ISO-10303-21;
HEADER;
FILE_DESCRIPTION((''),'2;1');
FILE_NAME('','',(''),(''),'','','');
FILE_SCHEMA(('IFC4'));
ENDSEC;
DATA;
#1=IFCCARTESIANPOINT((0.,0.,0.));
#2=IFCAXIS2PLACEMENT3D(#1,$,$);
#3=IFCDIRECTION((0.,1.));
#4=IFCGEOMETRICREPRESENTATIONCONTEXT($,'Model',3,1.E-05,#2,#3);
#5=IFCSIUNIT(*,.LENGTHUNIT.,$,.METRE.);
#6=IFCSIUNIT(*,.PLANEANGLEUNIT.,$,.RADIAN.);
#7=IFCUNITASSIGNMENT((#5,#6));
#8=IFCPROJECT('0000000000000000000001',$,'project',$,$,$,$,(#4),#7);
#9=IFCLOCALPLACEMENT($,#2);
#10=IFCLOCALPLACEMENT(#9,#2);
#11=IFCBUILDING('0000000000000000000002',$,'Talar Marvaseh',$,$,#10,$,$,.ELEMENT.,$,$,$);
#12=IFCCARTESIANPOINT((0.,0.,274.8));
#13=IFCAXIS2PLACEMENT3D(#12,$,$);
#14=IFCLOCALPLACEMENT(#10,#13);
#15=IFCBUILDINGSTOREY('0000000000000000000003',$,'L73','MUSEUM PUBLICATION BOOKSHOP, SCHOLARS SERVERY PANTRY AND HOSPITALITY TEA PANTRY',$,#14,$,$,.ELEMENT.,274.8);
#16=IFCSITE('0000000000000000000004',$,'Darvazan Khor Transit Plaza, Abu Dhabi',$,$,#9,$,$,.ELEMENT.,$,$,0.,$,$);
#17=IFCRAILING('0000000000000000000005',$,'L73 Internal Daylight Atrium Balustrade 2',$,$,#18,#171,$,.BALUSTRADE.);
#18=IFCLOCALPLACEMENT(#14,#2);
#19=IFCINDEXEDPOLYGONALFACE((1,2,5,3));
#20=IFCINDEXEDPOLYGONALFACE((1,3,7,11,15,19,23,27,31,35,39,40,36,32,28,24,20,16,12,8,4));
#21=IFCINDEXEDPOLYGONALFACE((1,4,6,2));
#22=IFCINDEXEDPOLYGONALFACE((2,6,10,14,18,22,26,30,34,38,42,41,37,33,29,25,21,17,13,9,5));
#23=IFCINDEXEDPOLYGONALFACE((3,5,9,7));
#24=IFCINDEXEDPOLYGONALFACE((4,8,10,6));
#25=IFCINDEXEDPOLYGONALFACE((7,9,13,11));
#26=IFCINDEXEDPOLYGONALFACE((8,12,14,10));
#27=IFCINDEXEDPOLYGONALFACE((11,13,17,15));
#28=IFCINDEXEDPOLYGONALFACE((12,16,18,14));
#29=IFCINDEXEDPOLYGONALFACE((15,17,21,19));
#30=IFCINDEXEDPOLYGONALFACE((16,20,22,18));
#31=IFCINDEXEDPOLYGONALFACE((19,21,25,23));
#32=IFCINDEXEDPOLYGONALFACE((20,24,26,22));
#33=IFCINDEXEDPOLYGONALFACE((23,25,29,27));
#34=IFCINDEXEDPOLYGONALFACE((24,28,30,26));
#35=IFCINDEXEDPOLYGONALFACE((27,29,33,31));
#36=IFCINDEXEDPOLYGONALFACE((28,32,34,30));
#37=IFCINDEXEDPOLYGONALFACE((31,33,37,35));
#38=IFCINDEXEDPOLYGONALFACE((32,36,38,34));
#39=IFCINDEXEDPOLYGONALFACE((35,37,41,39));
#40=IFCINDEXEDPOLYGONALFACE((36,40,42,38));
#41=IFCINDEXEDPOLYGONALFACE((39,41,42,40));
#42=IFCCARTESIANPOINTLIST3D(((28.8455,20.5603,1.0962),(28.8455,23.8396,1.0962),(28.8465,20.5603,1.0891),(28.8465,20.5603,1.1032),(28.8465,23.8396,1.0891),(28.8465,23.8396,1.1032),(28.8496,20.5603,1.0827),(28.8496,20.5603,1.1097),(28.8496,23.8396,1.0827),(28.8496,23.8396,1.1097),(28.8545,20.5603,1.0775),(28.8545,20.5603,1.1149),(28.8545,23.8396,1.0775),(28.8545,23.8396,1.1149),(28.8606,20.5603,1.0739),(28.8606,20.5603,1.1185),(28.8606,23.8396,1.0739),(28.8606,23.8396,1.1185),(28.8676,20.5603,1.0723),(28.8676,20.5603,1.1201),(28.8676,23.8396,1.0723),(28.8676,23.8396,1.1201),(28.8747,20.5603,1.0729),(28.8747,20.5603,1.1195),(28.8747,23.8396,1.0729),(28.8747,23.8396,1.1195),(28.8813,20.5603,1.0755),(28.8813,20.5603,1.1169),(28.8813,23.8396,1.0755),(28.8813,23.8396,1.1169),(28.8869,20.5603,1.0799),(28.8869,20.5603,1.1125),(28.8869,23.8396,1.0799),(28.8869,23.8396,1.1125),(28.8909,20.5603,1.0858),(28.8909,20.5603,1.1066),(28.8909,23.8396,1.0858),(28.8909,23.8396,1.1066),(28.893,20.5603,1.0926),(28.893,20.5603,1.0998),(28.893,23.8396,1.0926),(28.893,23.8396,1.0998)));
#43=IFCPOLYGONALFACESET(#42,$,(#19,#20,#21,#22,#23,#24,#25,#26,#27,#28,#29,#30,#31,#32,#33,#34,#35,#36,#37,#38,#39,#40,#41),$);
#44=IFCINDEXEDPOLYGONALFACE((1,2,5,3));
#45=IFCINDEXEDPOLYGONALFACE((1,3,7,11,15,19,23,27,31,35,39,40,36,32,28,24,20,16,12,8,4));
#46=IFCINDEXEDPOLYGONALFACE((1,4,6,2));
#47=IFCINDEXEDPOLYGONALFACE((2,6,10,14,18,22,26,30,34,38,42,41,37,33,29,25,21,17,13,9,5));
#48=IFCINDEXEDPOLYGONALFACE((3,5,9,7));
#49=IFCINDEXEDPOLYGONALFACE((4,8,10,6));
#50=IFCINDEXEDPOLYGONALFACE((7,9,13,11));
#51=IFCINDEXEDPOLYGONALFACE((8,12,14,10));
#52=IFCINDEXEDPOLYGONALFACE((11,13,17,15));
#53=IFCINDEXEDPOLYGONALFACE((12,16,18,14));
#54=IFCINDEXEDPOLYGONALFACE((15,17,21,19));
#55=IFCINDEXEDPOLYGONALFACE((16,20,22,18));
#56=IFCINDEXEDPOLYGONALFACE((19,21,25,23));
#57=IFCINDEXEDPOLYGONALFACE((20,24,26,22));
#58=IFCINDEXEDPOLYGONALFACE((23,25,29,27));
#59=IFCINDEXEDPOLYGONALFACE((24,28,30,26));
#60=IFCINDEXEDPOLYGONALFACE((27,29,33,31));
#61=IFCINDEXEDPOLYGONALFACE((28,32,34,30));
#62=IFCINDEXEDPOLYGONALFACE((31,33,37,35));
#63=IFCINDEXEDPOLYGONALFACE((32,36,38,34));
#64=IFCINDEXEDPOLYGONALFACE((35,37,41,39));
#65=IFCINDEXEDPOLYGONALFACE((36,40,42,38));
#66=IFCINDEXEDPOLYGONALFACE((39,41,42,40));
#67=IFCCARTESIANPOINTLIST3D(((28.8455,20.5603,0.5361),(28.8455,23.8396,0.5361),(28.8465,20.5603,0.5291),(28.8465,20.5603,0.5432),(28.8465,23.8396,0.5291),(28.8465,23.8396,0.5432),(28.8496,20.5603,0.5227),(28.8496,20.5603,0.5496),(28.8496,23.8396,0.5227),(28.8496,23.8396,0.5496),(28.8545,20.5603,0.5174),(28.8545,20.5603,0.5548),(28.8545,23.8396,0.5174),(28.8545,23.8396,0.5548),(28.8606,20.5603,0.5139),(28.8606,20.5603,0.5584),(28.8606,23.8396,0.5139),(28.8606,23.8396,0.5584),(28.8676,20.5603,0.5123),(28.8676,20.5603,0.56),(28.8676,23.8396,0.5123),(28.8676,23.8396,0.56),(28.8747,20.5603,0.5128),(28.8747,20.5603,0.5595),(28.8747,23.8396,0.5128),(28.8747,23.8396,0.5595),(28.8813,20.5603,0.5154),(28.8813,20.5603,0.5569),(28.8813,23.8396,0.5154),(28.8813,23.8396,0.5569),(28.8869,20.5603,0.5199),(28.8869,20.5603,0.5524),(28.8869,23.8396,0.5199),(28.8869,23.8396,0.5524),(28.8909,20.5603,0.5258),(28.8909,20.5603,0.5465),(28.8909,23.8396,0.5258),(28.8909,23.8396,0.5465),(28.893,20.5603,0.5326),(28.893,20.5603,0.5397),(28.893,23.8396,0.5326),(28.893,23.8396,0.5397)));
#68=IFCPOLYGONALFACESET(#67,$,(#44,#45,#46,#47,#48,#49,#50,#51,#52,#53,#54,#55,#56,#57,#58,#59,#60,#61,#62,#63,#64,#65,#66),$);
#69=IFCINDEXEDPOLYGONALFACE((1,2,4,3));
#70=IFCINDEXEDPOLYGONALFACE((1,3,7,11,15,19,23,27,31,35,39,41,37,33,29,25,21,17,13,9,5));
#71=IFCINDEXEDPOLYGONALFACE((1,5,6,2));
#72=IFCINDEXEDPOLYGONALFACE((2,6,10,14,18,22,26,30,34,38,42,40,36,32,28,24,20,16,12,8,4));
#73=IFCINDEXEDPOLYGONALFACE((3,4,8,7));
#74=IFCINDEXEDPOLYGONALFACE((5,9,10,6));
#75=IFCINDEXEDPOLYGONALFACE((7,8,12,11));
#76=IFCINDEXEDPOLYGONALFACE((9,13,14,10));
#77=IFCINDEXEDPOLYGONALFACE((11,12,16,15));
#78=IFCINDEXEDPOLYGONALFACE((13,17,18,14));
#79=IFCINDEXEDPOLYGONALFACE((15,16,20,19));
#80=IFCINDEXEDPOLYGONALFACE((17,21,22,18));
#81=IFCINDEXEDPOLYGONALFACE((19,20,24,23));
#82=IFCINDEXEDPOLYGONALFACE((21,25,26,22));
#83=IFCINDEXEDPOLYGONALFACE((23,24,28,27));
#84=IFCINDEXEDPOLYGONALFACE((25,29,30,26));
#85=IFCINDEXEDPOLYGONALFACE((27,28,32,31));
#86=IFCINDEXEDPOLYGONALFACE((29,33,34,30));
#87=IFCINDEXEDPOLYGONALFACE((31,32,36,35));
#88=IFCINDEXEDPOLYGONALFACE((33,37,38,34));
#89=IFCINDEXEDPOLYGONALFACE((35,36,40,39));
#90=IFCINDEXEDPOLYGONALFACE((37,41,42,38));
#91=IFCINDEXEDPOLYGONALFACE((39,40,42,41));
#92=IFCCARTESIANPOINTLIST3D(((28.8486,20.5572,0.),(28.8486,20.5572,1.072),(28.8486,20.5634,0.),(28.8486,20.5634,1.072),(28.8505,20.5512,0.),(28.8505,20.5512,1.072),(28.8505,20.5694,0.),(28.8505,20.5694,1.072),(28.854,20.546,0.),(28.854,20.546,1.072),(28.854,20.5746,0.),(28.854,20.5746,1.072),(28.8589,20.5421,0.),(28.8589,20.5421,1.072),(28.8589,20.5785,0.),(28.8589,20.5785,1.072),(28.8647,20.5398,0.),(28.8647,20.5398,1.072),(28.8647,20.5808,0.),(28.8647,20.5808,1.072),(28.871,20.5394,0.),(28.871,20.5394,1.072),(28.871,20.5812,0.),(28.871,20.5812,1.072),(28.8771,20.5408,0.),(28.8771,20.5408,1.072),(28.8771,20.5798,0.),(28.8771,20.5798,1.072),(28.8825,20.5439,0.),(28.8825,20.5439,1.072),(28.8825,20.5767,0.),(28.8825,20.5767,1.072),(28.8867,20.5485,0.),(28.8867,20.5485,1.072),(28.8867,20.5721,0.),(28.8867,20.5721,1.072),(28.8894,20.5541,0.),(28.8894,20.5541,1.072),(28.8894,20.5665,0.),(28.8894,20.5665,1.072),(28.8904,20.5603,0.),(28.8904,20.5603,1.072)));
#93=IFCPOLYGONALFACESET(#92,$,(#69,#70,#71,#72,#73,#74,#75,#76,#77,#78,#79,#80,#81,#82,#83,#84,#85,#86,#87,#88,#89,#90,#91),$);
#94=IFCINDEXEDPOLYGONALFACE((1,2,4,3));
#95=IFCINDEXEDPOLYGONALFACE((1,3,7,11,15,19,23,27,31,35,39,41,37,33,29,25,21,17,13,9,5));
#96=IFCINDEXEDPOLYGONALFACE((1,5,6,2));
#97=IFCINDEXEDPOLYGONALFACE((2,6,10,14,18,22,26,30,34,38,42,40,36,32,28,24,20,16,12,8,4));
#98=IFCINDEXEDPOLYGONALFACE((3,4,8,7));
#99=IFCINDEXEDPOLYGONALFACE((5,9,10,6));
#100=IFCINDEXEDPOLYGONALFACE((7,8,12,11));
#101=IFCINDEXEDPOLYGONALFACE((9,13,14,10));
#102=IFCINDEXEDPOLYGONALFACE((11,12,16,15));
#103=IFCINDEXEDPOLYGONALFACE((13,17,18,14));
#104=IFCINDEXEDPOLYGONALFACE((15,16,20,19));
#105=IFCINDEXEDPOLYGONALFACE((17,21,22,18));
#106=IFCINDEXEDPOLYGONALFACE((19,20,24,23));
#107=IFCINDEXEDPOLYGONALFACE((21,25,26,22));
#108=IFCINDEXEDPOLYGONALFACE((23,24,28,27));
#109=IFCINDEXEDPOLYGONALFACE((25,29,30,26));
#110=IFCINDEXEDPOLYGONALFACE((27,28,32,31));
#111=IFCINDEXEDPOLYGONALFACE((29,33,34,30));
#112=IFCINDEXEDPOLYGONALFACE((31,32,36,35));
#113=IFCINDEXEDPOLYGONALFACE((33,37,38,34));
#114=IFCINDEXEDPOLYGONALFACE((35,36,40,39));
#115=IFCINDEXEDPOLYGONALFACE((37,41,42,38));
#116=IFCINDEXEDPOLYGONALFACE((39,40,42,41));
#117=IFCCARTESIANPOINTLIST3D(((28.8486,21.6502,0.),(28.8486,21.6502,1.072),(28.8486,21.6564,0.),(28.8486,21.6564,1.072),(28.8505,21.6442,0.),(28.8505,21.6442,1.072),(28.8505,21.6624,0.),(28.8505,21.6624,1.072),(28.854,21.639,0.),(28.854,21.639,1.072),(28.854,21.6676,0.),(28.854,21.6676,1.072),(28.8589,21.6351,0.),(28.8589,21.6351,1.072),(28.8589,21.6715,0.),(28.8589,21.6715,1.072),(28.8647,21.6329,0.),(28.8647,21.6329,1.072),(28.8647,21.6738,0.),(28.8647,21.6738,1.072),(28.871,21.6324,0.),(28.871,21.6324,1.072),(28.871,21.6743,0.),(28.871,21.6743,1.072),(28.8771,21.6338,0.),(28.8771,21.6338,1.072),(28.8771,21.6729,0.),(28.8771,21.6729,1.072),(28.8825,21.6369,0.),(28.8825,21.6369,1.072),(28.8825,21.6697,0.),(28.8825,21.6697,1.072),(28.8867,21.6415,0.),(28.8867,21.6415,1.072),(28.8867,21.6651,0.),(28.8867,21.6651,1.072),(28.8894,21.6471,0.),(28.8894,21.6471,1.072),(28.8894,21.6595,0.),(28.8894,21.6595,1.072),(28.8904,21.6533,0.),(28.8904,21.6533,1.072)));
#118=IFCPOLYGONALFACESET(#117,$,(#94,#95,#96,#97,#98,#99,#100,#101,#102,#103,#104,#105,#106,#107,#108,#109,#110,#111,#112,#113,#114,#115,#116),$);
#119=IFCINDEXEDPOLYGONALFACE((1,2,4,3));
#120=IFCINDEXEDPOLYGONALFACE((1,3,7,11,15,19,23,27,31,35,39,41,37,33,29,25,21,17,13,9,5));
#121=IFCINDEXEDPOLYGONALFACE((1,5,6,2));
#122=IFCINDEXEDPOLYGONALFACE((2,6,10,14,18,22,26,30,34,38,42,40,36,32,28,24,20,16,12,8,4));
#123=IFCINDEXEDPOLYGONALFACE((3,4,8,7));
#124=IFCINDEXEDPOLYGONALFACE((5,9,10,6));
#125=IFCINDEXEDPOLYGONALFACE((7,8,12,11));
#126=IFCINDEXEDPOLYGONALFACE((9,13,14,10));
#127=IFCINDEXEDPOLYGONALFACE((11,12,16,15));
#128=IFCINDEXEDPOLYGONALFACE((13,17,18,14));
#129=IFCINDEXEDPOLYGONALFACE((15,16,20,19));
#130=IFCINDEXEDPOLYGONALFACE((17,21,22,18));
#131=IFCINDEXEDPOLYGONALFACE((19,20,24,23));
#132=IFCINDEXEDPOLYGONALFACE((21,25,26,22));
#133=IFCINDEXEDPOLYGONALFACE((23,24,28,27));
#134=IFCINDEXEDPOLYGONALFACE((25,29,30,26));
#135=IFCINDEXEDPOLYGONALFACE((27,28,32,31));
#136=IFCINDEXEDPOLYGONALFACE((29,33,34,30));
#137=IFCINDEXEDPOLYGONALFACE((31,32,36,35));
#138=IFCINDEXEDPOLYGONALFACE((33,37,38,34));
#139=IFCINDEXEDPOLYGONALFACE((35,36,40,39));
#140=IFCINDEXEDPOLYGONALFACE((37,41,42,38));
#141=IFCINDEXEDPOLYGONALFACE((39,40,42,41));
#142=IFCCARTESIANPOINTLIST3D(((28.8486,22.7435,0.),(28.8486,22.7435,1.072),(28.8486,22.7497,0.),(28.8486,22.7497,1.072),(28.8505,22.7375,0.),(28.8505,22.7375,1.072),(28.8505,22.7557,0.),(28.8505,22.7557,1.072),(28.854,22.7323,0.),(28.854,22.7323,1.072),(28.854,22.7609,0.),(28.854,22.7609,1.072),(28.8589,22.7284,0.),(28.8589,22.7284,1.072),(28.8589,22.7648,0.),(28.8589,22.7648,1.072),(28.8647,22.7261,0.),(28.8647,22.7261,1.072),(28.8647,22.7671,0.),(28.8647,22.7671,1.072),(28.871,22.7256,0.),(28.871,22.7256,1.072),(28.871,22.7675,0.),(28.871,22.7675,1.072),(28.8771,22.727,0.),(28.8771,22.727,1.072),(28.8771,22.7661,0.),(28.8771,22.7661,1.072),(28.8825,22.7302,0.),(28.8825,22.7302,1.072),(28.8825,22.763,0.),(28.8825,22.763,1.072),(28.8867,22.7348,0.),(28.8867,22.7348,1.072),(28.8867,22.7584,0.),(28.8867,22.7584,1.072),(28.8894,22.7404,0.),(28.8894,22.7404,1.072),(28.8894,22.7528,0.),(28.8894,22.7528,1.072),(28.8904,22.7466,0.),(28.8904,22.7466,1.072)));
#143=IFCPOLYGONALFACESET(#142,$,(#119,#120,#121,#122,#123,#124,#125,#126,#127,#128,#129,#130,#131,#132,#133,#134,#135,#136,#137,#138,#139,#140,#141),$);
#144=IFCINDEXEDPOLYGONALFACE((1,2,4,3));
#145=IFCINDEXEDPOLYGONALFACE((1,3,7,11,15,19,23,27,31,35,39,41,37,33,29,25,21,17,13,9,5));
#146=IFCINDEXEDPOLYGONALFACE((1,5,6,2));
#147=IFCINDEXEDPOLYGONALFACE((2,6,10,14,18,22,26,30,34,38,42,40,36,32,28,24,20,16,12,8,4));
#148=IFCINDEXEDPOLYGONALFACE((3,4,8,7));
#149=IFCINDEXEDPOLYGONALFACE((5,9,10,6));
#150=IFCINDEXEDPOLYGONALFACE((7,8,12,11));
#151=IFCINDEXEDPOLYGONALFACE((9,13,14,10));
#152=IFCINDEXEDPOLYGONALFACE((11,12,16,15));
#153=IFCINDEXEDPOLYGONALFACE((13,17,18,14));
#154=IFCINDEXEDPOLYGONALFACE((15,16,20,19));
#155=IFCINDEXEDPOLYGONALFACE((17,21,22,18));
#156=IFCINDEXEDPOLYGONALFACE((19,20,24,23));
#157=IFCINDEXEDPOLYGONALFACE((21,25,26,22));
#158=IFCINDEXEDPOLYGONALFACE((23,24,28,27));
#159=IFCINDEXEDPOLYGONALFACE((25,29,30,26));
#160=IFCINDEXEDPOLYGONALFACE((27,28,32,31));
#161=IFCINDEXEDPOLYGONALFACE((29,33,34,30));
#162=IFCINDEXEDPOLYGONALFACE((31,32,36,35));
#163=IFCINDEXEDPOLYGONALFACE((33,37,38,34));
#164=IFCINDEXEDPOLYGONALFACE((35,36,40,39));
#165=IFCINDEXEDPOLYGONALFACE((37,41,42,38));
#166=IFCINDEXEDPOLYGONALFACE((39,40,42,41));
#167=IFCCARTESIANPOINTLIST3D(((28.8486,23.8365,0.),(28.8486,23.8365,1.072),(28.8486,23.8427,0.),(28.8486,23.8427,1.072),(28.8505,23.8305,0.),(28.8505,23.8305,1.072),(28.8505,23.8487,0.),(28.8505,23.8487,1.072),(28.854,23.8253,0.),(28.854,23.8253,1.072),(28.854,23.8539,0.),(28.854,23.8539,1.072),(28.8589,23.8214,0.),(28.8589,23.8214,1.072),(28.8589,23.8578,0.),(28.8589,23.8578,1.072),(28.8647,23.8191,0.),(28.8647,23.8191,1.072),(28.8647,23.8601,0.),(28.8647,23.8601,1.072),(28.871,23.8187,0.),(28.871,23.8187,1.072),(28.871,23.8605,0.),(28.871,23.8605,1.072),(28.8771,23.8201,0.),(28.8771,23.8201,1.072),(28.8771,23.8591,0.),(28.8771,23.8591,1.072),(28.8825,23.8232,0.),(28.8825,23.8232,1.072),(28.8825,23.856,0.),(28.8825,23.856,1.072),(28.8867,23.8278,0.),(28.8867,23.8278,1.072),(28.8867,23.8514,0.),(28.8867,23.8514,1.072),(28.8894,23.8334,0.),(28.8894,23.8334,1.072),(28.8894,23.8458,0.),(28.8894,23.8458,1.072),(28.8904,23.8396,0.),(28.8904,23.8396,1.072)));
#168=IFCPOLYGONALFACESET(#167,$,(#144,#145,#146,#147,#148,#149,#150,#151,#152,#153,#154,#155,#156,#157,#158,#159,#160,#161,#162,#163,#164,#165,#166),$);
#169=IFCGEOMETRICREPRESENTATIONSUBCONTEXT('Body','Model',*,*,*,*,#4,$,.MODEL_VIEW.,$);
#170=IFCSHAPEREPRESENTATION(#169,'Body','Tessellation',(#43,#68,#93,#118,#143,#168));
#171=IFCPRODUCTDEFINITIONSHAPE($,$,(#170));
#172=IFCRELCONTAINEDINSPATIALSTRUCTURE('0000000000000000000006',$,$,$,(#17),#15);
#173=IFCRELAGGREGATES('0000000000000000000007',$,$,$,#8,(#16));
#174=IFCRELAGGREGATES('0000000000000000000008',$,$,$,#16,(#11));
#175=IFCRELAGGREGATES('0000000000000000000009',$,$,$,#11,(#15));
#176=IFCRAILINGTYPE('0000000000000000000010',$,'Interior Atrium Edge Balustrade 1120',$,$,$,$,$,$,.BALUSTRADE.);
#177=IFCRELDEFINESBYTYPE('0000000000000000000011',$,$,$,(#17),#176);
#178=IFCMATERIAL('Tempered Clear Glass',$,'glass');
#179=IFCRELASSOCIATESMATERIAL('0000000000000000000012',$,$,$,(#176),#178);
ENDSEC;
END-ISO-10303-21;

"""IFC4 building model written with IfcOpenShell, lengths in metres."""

from ifc_helpers import new_model, si_unit, direction, frame, origin, origin_2d, place, context, subcontext, project, spatial, circle, extrude, material, type_object, element, save


model = new_model("IFC4")

# Units and contexts
model_context = context("Model", 3, precision=1e-05, world=origin(), true_north=direction((0.0, 1.0)))
body_context = subcontext(model_context, "Body", "Model", "MODEL_VIEW")
ifc_project = project(units=[si_unit("LENGTHUNIT", "METRE"), si_unit("PLANEANGLEUNIT", "RADIAN")], contexts=[model_context])

# Site, building, storey
site_placement = place(None, origin())
site = spatial("IfcSite", under=ifc_project, at=site_placement, Name="Darvazan Khor Transit Plaza, Abu Dhabi", CompositionType="ELEMENT", RefElevation=0.0)
building_placement = place(site_placement, origin())
building = spatial("IfcBuilding", under=site, at=building_placement, Name="Talar Marvaseh", CompositionType="ELEMENT")
storey_placement = place(building_placement, frame((0.0, 0.0, 274.8)))
storey = spatial("IfcBuildingStorey", under=building, at=storey_placement, Name="L73", Description="MUSEUM PUBLICATION BOOKSHOP, SCHOLARS SERVERY PANTRY AND HOSPITALITY TEA PANTRY", CompositionType="ELEMENT", Elevation=274.8)

# Railing
ifc_material_1 = material(Name="Tempered Clear Glass", Category="glass")
railing_type = type_object("IfcRailingType", Name="Interior Atrium Edge Balustrade 1120", PredefinedType="BALUSTRADE", material=ifc_material_1)
railing_1_placement = place(storey_placement, frame((28.8694, 20.5603, 0.0)))
element("IfcRailing", 1, at=railing_1_placement, inside=storey, type_object=railing_type, Name="L73 Internal Daylight Atrium Balustrade 2", PredefinedType="BALUSTRADE", context=body_context, shape_type="SweptSolid", body=[
    extrude(circle(Radius=0.0239, at=origin_2d()), frame((0.0, 0.0, 1.0962), z_axis=(0.0, 1.0, 0.0), x_axis=(-1.0, 0.0, 0.0)), (0.0, 0.0, 1.0), 3.2793),
    extrude(circle(Radius=0.0239, at=origin_2d()), frame((0.0, 0.0, 0.5361), z_axis=(0.0, 1.0, 0.0), x_axis=(-1.0, 0.0, 0.0)), (0.0, 0.0, 1.0), 3.2793),
    extrude(circle(Radius=0.021, at=origin_2d()), origin(), (0.0, 0.0, 1.0), 1.072),
    extrude(circle(Radius=0.021, at=origin_2d()), frame((0.0, 1.093, 0.0)), (0.0, 0.0, 1.0), 1.072),
    extrude(circle(Radius=0.021, at=origin_2d()), frame((0.0, 2.1863, 0.0)), (0.0, 0.0, 1.0), 1.072),
    extrude(circle(Radius=0.021, at=origin_2d()), frame((0.0, 3.2793, 0.0)), (0.0, 0.0, 1.0), 1.072),
])

save(model, "model.ifc")
